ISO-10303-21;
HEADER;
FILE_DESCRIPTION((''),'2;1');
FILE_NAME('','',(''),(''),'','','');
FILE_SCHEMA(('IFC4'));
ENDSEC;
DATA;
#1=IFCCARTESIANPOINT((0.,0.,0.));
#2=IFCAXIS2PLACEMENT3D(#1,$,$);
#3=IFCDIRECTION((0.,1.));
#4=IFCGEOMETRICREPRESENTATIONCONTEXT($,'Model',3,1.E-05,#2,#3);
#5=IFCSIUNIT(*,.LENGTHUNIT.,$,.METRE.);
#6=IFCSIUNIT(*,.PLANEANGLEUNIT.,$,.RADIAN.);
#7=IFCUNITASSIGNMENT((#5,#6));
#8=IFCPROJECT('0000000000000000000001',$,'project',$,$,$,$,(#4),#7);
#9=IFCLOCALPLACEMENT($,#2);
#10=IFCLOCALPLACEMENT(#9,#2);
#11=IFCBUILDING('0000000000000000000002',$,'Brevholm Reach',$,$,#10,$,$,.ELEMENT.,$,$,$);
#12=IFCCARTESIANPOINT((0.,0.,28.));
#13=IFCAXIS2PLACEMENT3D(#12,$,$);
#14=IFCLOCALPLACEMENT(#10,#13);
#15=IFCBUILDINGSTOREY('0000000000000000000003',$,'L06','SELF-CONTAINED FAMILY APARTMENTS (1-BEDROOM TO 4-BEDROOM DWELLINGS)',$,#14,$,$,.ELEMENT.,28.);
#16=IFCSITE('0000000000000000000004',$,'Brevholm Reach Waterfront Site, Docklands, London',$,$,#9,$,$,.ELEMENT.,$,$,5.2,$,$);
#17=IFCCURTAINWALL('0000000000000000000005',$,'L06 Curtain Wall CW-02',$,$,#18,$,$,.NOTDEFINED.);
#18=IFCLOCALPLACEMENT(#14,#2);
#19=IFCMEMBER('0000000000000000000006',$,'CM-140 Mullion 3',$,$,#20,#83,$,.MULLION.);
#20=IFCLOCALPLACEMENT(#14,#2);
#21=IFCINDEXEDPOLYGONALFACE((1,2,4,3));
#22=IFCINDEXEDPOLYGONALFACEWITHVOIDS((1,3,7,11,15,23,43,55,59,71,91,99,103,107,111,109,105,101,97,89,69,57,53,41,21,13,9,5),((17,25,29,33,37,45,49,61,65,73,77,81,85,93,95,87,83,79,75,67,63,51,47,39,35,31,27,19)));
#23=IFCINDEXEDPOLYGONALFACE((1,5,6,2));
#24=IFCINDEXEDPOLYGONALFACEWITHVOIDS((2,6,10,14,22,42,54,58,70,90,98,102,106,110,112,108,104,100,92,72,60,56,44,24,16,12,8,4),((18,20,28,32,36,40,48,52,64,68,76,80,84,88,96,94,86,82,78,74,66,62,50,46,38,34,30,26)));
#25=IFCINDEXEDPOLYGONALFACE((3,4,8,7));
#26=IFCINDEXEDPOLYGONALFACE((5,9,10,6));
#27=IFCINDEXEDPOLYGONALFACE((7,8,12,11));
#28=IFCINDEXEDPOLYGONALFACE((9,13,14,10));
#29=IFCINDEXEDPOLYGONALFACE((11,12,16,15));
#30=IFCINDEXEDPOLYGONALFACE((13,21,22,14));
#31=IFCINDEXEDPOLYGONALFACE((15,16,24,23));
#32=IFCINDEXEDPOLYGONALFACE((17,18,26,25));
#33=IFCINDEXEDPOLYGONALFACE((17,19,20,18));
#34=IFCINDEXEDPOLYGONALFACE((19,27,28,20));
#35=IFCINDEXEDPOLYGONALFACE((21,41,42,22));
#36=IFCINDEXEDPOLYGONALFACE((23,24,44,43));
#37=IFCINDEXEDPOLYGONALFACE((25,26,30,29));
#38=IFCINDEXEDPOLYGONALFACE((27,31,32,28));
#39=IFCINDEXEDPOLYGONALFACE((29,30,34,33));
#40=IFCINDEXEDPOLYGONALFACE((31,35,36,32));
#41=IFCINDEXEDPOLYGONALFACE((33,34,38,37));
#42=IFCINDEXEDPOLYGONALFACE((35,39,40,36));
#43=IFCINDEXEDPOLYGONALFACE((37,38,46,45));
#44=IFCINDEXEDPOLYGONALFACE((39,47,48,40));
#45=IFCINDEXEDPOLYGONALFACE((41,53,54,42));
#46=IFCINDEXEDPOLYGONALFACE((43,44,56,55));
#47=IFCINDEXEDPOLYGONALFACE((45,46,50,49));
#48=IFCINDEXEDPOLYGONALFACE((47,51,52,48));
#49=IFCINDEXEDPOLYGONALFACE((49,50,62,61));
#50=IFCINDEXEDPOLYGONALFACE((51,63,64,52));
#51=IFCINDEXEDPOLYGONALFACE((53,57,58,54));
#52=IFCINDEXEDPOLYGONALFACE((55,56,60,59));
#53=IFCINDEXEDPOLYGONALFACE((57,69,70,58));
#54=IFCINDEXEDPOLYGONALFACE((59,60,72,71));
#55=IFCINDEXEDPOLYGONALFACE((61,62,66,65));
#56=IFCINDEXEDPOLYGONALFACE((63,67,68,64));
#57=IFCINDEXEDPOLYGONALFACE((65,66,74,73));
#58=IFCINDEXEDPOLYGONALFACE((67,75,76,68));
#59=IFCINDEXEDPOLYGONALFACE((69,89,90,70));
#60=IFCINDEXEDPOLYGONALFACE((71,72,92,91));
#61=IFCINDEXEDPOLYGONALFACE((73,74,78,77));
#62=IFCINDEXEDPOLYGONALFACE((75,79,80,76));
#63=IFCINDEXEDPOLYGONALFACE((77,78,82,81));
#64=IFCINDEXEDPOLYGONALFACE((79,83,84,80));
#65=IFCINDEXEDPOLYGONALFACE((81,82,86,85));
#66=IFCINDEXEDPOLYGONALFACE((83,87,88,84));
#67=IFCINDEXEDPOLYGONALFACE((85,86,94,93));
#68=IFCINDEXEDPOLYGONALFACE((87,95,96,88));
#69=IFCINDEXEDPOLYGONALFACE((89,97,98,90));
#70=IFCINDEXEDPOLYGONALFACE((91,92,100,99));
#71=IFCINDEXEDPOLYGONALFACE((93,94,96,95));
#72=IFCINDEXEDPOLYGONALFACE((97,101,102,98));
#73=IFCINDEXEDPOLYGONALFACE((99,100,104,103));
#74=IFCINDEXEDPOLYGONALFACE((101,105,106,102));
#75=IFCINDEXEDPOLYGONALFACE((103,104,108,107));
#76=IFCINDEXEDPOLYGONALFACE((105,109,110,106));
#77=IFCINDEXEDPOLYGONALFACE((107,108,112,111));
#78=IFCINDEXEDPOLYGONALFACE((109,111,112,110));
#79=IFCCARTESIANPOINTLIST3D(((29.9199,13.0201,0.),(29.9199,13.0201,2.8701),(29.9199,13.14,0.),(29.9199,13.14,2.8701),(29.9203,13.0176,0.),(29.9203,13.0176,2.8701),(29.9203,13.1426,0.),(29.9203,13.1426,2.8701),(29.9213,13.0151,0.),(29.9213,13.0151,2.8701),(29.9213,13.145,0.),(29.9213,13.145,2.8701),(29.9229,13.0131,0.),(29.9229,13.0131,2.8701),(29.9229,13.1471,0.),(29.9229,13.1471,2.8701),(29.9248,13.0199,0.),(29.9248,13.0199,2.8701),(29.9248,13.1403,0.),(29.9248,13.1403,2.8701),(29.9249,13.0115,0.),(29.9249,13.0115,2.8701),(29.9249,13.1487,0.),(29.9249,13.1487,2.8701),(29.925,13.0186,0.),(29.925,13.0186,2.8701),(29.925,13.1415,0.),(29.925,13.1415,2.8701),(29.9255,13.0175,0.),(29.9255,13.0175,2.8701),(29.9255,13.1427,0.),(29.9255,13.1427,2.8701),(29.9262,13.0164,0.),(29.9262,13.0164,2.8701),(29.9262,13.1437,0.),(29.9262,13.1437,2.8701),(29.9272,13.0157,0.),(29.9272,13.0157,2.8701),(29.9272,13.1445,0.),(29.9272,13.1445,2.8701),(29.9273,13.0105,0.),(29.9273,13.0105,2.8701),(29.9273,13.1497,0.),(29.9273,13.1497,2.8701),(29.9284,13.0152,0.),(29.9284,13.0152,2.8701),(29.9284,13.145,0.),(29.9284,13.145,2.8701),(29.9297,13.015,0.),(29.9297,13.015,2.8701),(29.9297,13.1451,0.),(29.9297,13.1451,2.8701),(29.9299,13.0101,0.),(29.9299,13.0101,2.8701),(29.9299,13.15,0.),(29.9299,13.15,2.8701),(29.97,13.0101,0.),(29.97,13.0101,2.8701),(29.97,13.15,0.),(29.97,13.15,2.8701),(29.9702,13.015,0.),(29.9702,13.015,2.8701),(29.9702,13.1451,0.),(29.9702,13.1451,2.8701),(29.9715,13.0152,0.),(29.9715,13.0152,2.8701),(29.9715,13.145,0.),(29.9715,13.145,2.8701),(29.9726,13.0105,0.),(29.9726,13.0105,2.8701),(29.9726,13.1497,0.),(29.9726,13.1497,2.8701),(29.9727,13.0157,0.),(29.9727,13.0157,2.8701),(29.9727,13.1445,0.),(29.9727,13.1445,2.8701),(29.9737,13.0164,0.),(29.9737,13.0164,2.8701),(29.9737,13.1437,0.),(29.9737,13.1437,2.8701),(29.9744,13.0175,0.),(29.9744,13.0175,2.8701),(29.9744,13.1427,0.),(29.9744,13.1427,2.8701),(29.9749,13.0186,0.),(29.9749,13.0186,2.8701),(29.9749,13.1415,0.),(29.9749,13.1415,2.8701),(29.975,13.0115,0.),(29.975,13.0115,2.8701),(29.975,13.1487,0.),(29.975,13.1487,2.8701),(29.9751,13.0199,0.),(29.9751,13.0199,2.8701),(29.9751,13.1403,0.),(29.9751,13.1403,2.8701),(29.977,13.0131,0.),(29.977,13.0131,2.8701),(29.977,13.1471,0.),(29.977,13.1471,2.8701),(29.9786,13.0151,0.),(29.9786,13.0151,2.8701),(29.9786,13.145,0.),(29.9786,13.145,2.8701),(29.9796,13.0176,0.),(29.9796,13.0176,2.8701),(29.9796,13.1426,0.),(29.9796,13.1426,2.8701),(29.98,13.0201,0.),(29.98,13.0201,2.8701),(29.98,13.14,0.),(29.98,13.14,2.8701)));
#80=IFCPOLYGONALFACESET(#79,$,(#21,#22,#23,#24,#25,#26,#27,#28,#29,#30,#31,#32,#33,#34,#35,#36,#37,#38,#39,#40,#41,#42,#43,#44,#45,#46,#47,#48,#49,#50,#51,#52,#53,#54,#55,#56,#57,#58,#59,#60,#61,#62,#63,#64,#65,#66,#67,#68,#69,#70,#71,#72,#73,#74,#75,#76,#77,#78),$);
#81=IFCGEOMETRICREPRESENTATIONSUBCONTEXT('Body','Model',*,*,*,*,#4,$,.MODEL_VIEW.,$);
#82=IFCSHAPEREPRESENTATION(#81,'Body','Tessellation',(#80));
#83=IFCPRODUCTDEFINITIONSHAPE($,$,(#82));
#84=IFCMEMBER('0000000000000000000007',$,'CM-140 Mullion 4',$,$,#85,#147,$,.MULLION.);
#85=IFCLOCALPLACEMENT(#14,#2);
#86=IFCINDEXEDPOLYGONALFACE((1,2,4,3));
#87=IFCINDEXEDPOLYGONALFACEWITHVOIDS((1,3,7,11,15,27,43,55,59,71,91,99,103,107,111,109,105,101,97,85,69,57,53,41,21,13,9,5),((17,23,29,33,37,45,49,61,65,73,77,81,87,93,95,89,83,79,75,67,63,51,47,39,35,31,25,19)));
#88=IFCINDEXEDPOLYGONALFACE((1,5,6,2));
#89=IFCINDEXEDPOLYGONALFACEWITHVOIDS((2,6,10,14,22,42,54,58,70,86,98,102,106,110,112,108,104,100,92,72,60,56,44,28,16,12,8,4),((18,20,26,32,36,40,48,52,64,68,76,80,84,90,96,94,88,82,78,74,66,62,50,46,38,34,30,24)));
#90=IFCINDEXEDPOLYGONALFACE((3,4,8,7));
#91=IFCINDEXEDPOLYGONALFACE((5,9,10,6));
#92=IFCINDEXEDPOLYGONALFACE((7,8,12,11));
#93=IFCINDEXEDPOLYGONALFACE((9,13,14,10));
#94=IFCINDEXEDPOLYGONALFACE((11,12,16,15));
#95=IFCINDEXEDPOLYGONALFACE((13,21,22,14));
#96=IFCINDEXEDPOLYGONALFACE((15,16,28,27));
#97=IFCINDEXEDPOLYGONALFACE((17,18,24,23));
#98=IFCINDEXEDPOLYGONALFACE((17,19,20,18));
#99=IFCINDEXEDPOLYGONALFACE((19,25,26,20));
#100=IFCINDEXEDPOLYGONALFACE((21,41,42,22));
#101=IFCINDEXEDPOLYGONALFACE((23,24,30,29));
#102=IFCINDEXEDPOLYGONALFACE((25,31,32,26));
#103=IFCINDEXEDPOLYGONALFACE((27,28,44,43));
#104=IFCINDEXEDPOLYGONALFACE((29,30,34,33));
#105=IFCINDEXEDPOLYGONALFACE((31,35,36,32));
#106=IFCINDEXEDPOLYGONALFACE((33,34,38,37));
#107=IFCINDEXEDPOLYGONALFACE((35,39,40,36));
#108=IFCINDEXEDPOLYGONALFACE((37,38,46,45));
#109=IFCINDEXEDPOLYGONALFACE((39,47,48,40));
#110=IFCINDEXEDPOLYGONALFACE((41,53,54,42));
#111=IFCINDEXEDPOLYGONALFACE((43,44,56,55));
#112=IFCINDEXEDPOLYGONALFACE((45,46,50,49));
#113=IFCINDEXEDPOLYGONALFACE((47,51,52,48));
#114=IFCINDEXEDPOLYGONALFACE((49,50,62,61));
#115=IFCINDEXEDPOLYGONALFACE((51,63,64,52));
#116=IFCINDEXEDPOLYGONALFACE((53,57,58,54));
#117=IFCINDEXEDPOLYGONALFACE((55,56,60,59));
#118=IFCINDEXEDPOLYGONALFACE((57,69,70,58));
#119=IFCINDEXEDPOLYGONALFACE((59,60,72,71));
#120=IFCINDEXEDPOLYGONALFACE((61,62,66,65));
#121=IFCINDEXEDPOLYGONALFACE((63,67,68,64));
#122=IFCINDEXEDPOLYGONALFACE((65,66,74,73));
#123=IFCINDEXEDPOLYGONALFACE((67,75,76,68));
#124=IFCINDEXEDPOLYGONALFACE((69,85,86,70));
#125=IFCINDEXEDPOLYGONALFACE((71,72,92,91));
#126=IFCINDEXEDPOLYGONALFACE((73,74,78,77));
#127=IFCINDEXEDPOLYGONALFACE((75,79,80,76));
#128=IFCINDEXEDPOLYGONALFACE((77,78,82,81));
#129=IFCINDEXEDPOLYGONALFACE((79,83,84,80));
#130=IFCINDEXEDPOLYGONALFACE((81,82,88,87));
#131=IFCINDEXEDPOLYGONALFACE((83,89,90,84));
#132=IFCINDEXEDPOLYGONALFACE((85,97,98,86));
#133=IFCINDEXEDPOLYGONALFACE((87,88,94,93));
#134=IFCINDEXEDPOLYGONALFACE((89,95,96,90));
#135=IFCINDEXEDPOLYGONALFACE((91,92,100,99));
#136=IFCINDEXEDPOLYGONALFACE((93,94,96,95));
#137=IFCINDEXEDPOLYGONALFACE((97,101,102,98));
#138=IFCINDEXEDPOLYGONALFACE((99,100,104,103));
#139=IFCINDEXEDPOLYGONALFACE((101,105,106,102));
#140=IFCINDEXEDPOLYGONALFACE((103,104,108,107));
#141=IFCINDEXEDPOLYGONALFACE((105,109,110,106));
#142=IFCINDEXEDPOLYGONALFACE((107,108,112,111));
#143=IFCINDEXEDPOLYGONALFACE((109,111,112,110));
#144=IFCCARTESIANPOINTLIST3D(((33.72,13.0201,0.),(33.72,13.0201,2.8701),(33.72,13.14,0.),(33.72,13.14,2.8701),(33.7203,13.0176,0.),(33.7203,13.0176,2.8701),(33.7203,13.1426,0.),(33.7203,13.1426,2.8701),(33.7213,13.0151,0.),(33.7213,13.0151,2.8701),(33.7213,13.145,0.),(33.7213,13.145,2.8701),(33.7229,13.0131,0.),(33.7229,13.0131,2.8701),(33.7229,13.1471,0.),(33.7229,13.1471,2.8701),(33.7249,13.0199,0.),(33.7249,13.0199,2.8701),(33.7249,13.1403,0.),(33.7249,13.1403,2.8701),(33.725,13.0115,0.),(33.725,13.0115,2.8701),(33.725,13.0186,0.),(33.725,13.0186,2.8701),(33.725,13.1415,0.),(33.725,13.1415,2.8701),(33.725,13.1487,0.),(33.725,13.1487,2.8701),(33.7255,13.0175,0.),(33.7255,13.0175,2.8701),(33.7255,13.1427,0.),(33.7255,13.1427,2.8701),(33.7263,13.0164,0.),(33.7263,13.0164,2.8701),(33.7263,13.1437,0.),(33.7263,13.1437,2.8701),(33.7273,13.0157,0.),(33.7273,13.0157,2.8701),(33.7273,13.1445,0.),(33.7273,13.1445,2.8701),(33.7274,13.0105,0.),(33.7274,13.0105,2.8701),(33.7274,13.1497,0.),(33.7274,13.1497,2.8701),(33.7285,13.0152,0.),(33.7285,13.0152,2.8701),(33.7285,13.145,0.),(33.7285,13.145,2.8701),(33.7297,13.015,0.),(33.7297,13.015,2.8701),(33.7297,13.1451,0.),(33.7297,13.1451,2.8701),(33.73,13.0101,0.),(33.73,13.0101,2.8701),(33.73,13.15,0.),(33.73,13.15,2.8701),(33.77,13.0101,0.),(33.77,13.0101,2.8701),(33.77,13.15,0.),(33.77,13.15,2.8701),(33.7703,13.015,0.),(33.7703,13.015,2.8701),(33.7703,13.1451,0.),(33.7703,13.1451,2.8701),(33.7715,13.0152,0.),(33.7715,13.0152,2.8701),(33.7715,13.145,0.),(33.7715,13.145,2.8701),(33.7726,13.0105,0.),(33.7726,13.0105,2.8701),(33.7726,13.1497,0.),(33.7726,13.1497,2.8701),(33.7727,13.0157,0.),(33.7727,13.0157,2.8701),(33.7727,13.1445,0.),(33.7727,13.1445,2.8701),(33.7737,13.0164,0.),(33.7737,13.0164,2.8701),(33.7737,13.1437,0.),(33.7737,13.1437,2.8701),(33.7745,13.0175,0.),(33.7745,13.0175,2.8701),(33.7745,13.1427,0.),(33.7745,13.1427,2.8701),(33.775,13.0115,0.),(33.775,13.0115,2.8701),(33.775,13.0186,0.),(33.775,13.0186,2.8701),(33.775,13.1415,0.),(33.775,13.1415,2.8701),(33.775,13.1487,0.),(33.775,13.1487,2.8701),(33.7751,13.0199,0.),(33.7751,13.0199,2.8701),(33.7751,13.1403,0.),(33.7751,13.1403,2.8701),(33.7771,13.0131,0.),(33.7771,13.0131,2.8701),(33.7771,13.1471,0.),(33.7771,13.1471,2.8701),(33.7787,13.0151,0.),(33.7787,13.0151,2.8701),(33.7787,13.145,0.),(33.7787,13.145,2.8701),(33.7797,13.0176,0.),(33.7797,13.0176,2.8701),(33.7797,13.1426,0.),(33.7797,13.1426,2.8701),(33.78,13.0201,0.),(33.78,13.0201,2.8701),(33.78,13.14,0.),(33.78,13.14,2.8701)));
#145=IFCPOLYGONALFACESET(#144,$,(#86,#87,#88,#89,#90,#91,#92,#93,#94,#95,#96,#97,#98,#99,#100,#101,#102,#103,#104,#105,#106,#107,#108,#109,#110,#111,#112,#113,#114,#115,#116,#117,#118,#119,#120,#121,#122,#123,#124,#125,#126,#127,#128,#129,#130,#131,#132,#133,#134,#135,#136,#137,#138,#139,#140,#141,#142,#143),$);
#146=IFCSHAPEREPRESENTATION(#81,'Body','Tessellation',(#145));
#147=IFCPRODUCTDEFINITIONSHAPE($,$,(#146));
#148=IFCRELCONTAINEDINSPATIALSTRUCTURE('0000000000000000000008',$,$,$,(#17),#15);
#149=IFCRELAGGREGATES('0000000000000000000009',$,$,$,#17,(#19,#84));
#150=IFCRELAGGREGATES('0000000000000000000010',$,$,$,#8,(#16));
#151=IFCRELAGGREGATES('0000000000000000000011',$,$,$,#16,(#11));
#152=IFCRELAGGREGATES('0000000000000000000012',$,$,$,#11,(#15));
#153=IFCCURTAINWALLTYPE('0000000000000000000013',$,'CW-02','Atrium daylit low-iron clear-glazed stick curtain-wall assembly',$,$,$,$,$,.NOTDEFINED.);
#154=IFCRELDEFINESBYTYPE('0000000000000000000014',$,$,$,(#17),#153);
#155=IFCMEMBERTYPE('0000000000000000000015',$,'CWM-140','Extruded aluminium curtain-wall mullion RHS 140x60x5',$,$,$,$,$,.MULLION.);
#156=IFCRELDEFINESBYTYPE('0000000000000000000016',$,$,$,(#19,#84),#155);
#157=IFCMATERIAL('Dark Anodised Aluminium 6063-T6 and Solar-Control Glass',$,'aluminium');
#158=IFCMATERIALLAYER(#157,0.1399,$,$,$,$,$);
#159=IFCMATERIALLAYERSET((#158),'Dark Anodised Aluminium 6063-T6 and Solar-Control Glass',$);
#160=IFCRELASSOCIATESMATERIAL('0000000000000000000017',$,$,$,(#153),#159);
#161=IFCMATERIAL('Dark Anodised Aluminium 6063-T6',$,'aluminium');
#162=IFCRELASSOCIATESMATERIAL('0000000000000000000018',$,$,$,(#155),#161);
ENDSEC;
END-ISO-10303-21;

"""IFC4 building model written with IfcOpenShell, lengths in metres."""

from ifc_helpers import new_model, si_unit, direction, frame, origin, origin_2d, place, context, subcontext, project, spatial, hollow_rectangle, extrude, material, layer, layer_set, material_profile, profile_set, type_object, element, aggregate, save


model = new_model("IFC4")

# Units and contexts
model_context = context("Model", 3, precision=1e-05, world=origin(), true_north=direction((0.0, 1.0)))
body_context = subcontext(model_context, "Body", "Model", "MODEL_VIEW")
ifc_project = project(units=[si_unit("LENGTHUNIT", "METRE"), si_unit("PLANEANGLEUNIT", "RADIAN")], contexts=[model_context])

# Site, building, storey
site_placement = place(None, origin())
site = spatial("IfcSite", under=ifc_project, at=site_placement, Name="Brevholm Reach Waterfront Site, Docklands, London", CompositionType="ELEMENT", RefElevation=5.2)
building_placement = place(site_placement, origin())
building = spatial("IfcBuilding", under=site, at=building_placement, Name="Brevholm Reach", CompositionType="ELEMENT")
storey_placement = place(building_placement, frame((0.0, 0.0, 28.0)))
storey = spatial("IfcBuildingStorey", under=building, at=storey_placement, Name="L06", Description="SELF-CONTAINED FAMILY APARTMENTS (1-BEDROOM TO 4-BEDROOM DWELLINGS)", CompositionType="ELEMENT", Elevation=28.0)

# Curtain wall, members
ifc_material_1 = material(Name="Dark Anodised Aluminium 6063-T6 and Solar-Control Glass", Category="aluminium")
ifc_layer_1 = layer(ifc_material_1, 0.1399)
ifc_layer_set_1 = layer_set([ifc_layer_1], Name="Dark Anodised Aluminium 6063-T6 and Solar-Control Glass")
curtain_wall_type = type_object("IfcCurtainWallType", Name="CW-02", Description="Atrium daylit low-iron clear-glazed stick curtain-wall assembly", PredefinedType="NOTDEFINED", material=ifc_layer_set_1)
curtain_wall_placement = place(storey_placement, origin())
curtain_wall = element("IfcCurtainWall", 1, at=curtain_wall_placement, inside=storey, type_object=curtain_wall_type, Name="L06 Curtain Wall CW-02", PredefinedType="NOTDEFINED")
ifc_material_2 = material(Name="Dark Anodised Aluminium 6063-T6", Category="aluminium")
ifc_material_profile_1 = material_profile(ifc_material_2, hollow_rectangle(XDim=0.0601, YDim=0.1399, WallThickness=0.0049, InnerFilletRadius=0.0049, OuterFilletRadius=0.01, at=origin_2d()), Name="RHS 140x60x5")
ifc_profile_set_1 = profile_set([ifc_material_profile_1], Name="Dark Anodised Aluminium 6063-T6")
member_type_1 = type_object("IfcMemberType", Name="CWM-140", Description="Extruded aluminium curtain-wall mullion RHS 140x60x5", PredefinedType="MULLION", material=ifc_profile_set_1)
member_1_placement = place(storey_placement, frame((29.95, 13.0801, 0.0), z_axis=(0.0, 0.0, 1.0), x_axis=(1.0, 0.0, 0.0)))
member_1 = element("IfcMember", 2, at=member_1_placement, type_object=member_type_1, Name="CM-140 Mullion 3", PredefinedType="MULLION", context=body_context, shape_type="SweptSolid", body=[
    extrude(hollow_rectangle(XDim=0.0601, YDim=0.1399, WallThickness=0.0049, InnerFilletRadius=0.0049, OuterFilletRadius=0.01, at=origin_2d()), origin(), (0.0, 0.0, 1.0), 2.8701),
])
member_2_placement = place(storey_placement, frame((33.75, 13.0801, 0.0), z_axis=(0.0, 0.0, 1.0), x_axis=(1.0, 0.0, 0.0)))
member_2 = element("IfcMember", 3, at=member_2_placement, type_object=member_type_1, Name="CM-140 Mullion 4", PredefinedType="MULLION", context=body_context, shape_type="SweptSolid", body=[
    extrude(hollow_rectangle(XDim=0.0601, YDim=0.1399, WallThickness=0.0049, InnerFilletRadius=0.0049, OuterFilletRadius=0.01, at=origin_2d()), origin(), (0.0, 0.0, 1.0), 2.8701),
])
aggregate(curtain_wall, [member_1, member_2])

save(model, "model.ifc")
